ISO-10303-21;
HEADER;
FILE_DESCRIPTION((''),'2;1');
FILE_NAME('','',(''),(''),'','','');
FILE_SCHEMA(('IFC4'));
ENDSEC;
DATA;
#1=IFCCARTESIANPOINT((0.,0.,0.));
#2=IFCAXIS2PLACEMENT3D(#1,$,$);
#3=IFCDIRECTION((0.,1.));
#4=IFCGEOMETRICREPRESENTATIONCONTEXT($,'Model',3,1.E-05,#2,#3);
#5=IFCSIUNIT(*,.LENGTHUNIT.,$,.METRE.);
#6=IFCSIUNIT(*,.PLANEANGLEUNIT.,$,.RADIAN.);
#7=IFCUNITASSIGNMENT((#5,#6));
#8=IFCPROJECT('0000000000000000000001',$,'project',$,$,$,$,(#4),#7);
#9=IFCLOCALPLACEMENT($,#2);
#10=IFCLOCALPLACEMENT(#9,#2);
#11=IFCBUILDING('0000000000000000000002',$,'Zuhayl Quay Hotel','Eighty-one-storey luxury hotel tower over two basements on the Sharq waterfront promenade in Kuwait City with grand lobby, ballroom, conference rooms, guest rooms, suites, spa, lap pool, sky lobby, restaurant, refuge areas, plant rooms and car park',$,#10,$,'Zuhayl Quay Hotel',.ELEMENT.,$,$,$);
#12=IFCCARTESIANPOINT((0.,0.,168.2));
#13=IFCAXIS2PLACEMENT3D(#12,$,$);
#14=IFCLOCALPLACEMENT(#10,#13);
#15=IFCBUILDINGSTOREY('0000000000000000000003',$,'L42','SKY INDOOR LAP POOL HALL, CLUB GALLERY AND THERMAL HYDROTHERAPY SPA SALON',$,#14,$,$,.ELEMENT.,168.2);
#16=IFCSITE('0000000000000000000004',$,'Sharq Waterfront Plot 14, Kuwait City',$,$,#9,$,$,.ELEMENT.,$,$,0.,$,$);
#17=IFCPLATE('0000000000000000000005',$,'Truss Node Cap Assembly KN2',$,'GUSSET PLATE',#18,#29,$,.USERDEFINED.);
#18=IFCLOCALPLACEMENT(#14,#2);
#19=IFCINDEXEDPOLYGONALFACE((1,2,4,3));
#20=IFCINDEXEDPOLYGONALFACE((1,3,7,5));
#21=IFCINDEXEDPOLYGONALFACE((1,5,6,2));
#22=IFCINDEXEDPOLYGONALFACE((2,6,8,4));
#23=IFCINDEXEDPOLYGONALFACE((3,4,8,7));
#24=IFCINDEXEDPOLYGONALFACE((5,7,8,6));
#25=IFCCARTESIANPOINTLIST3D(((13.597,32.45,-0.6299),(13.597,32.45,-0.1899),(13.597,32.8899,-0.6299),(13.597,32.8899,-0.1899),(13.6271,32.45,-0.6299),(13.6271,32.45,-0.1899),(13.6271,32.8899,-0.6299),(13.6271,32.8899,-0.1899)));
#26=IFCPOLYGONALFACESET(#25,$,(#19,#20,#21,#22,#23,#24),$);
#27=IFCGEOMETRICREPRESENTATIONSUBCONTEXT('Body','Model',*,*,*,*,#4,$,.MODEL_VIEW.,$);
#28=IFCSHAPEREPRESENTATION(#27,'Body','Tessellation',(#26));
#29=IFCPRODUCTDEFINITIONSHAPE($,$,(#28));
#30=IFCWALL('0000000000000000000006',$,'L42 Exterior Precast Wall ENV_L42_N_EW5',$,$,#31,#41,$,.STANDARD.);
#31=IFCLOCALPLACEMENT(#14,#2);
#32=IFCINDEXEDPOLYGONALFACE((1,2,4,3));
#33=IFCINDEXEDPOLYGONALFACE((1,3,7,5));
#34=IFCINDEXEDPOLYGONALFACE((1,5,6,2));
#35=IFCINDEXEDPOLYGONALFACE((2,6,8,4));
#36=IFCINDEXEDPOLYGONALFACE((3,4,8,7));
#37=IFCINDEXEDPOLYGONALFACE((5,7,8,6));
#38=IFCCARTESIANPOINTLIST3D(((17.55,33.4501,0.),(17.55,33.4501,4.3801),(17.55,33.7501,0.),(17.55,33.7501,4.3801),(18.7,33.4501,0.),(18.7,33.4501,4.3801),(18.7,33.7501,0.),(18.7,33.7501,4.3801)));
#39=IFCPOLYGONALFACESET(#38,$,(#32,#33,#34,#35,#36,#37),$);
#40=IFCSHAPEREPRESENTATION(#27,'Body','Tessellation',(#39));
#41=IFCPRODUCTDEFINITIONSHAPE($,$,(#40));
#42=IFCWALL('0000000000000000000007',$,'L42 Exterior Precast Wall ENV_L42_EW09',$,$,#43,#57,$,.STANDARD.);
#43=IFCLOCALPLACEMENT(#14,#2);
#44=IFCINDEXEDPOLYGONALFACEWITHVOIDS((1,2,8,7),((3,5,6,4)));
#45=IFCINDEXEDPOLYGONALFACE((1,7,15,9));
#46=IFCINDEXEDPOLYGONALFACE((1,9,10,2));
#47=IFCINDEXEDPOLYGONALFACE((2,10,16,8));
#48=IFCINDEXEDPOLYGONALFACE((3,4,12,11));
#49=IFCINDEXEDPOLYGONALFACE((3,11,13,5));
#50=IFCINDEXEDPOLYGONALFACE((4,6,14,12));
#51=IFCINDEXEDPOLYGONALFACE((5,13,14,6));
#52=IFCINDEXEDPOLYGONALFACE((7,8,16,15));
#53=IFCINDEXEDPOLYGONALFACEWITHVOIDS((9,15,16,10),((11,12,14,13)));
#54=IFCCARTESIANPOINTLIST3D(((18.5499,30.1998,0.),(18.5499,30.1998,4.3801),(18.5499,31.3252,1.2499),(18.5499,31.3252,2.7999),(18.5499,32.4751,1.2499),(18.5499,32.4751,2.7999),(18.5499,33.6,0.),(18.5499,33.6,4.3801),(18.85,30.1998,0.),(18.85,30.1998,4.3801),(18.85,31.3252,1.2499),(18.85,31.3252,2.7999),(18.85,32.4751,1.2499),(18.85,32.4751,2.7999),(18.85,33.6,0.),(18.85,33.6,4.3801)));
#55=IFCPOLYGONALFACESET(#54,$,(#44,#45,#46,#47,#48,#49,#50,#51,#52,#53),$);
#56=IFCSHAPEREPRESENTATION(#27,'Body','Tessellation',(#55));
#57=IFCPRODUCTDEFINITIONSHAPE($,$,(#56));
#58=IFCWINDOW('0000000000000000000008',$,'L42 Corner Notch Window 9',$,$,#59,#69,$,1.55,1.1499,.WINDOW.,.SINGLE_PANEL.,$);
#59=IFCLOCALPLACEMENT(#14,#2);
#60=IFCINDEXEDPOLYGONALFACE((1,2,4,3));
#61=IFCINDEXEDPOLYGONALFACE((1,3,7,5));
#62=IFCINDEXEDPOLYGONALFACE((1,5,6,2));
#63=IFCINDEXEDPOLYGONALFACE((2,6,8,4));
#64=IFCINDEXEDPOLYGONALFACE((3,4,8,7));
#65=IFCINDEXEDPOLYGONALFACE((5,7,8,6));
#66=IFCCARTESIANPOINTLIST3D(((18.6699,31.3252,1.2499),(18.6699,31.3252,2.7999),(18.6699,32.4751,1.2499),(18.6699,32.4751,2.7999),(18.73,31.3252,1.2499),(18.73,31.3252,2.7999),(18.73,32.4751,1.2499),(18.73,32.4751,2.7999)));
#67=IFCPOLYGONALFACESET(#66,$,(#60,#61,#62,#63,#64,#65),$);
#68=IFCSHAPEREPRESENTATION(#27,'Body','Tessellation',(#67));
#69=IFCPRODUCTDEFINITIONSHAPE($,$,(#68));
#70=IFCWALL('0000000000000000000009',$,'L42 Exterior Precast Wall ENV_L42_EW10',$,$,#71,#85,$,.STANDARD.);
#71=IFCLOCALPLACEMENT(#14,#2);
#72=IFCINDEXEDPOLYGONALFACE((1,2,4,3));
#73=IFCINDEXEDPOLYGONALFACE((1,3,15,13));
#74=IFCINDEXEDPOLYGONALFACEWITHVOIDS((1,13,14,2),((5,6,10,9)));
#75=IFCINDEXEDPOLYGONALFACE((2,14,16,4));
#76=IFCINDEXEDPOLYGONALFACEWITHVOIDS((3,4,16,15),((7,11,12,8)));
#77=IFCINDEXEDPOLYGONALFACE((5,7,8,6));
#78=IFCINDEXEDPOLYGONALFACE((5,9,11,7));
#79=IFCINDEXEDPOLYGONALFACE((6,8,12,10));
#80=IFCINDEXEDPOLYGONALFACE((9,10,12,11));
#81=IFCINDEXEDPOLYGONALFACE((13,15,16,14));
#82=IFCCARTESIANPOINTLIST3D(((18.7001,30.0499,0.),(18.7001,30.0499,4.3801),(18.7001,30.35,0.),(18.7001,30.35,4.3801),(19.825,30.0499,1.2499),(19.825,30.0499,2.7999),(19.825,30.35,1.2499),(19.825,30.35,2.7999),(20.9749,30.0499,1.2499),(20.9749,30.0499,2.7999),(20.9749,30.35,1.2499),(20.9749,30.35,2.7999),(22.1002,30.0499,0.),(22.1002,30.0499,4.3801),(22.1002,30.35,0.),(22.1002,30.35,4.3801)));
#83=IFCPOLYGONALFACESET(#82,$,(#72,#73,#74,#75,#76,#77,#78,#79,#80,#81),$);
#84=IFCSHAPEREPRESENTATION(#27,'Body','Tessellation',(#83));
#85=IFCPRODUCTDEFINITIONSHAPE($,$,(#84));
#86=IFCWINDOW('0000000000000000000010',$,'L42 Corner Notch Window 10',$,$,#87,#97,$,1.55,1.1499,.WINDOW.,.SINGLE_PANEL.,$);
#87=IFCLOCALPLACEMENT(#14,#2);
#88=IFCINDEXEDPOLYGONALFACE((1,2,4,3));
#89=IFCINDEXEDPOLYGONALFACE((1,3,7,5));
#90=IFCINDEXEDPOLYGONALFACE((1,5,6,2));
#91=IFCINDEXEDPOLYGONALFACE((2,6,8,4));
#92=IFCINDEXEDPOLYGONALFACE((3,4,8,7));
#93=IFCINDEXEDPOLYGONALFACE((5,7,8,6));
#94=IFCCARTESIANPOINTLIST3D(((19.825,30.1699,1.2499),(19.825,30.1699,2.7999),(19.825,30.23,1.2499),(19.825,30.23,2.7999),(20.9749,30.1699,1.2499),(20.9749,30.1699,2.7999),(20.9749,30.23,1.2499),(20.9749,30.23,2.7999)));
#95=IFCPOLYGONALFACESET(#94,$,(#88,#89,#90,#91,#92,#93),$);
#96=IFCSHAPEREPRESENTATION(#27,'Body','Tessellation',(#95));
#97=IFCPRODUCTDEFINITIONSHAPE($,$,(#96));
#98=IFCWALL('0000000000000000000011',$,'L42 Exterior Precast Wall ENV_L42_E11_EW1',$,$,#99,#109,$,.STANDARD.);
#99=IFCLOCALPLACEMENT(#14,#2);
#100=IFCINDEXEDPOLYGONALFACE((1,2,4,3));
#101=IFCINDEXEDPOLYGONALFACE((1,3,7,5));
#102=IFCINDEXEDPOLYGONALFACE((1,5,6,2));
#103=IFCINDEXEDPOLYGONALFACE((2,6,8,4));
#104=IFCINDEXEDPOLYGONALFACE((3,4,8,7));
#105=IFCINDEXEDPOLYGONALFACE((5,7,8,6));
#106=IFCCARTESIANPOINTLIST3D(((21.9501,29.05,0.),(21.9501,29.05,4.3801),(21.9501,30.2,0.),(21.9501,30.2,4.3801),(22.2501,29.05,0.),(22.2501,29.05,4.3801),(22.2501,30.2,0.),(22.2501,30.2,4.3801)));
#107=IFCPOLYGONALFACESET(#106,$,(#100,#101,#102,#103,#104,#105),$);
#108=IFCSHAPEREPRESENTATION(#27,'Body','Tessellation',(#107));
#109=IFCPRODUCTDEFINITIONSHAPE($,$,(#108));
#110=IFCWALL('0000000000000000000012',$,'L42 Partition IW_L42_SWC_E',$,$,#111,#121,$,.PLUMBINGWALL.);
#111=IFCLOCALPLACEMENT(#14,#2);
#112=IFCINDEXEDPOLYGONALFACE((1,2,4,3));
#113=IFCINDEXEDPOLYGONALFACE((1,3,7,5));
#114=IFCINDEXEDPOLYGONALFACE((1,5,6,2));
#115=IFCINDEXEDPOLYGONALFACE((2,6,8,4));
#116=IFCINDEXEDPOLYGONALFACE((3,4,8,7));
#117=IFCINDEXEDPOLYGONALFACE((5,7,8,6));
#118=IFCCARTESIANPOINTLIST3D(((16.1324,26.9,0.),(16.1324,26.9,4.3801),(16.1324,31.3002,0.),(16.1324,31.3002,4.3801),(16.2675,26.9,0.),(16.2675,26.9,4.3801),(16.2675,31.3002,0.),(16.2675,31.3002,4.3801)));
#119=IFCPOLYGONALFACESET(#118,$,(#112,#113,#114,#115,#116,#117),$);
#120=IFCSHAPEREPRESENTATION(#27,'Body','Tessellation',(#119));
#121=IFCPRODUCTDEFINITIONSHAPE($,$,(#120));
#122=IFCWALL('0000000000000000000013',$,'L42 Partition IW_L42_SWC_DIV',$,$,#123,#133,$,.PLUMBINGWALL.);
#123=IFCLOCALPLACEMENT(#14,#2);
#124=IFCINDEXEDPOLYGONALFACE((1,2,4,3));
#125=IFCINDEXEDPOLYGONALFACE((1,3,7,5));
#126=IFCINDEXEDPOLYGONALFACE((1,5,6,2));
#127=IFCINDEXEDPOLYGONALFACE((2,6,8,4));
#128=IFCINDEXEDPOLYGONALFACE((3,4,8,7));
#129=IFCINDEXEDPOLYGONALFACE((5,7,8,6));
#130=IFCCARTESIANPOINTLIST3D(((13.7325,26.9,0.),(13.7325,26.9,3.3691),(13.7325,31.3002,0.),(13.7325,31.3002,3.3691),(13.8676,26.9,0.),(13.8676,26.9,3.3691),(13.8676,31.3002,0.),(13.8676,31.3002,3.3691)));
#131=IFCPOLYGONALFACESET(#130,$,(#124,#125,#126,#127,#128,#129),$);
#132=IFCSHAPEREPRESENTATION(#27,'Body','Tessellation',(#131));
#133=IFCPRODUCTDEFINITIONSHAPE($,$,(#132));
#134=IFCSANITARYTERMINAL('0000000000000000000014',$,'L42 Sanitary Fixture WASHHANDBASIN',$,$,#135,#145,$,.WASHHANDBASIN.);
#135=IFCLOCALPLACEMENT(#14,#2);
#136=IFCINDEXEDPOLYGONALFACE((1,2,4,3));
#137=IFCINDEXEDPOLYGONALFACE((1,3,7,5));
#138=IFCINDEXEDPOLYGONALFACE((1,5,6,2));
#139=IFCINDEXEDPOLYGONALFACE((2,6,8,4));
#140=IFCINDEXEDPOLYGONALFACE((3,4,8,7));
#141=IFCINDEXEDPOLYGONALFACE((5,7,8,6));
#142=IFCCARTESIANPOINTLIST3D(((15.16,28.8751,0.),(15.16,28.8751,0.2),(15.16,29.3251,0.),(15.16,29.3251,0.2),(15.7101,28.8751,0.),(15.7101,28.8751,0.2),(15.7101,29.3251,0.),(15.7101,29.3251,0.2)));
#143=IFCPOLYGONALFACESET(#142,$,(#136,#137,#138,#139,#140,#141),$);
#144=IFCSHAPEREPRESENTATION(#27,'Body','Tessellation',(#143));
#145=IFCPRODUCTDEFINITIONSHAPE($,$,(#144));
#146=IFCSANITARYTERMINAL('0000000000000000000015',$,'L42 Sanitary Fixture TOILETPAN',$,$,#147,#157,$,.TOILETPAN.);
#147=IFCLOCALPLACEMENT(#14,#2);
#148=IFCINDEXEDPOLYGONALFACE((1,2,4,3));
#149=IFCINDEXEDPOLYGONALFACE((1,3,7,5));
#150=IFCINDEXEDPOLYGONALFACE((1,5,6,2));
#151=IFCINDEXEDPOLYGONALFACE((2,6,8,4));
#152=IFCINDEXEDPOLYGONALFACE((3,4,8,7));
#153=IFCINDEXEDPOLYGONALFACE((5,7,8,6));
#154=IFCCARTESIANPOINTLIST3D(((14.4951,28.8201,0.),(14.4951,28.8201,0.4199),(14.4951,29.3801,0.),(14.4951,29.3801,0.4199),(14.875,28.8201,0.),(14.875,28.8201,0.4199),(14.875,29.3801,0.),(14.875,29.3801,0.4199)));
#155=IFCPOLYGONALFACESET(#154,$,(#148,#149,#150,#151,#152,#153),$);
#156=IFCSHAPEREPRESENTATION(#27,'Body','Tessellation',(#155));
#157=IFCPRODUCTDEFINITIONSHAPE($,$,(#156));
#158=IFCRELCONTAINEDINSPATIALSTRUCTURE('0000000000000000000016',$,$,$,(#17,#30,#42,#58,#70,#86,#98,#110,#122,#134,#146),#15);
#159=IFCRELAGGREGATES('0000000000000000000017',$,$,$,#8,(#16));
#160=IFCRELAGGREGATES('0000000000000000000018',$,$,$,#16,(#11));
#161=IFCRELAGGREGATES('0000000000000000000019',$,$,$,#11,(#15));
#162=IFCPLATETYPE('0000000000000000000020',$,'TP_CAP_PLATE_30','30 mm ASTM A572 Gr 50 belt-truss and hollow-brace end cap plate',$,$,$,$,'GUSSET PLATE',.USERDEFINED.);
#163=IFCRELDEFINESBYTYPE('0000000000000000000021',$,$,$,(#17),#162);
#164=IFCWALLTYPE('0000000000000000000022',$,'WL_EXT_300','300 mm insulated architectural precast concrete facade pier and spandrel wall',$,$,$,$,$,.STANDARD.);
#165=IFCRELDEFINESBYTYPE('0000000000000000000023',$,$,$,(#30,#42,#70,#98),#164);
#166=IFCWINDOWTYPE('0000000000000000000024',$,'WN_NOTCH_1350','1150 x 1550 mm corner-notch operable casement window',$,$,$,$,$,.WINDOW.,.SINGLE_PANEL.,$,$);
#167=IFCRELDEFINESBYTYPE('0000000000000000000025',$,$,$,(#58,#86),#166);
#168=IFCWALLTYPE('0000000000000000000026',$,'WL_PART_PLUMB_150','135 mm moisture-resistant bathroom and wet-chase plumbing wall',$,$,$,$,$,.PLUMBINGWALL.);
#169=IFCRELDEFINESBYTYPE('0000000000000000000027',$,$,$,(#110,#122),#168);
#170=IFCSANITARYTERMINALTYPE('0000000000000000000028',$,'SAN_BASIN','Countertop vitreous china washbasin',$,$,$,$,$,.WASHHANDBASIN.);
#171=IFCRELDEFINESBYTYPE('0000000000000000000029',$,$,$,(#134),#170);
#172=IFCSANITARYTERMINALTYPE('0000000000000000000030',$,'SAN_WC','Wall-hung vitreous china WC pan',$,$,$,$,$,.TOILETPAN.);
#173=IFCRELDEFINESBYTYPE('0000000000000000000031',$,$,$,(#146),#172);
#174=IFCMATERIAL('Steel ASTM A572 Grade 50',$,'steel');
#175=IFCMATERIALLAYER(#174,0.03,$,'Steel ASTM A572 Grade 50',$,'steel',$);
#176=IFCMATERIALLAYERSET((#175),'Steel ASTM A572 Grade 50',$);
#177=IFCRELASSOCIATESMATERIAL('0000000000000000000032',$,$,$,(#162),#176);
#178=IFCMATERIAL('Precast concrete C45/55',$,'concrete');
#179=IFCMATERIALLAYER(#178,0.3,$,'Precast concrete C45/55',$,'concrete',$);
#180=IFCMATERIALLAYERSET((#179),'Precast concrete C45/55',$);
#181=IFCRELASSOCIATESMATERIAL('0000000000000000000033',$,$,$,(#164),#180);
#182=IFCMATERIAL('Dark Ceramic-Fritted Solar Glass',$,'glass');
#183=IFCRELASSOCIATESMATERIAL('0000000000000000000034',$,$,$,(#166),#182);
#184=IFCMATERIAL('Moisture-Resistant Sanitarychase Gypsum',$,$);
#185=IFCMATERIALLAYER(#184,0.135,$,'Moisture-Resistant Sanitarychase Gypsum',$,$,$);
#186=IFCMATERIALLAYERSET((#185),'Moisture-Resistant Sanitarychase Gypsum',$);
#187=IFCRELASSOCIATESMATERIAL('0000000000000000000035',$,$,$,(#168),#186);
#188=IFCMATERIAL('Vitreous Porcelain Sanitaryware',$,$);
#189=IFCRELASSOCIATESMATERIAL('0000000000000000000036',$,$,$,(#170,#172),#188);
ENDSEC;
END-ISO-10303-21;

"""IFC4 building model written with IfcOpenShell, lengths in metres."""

from ifc_helpers import new_model, si_unit, direction, frame, frame_2d, origin, origin_2d, place, context, subcontext, project, spatial, rectangle, extrude, material, layer, layer_set, type_object, element, fill, save


model = new_model("IFC4")

# Units and contexts
model_context = context("Model", 3, precision=1e-05, world=origin(), true_north=direction((0.0, 1.0)))
body_context = subcontext(model_context, "Body", "Model", "MODEL_VIEW")
ifc_project = project(units=[si_unit("LENGTHUNIT", "METRE"), si_unit("PLANEANGLEUNIT", "RADIAN")], contexts=[model_context])

# Site, building, storey
site_placement = place(None, origin())
site = spatial("IfcSite", under=ifc_project, at=site_placement, Name="Sharq Waterfront Plot 14, Kuwait City", CompositionType="ELEMENT", RefElevation=0.0)
building_placement = place(site_placement, origin())
building = spatial("IfcBuilding", under=site, at=building_placement, Name="Zuhayl Quay Hotel", Description="Eighty-one-storey luxury hotel tower over two basements on the Sharq waterfront promenade in Kuwait City with grand lobby, ballroom, conference rooms, guest rooms, suites, spa, lap pool, sky lobby, restaurant, refuge areas, plant rooms and car park", LongName="Zuhayl Quay Hotel", CompositionType="ELEMENT")
storey_placement = place(building_placement, frame((0.0, 0.0, 168.2)))
storey = spatial("IfcBuildingStorey", under=building, at=storey_placement, Name="L42", Description="SKY INDOOR LAP POOL HALL, CLUB GALLERY AND THERMAL HYDROTHERAPY SPA SALON", CompositionType="ELEMENT", Elevation=168.2)

# Plate
ifc_material_1 = material(Name="Dark Ceramic-Fritted Solar Glass", Category="glass")
ifc_material_2 = material(Name="Steel ASTM A572 Grade 50", Category="steel")
ifc_layer_1 = layer(ifc_material_2, 0.03, Name="Steel ASTM A572 Grade 50", Category="steel")
ifc_layer_set_1 = layer_set([ifc_layer_1], Name="Steel ASTM A572 Grade 50")
plate_type_1 = type_object("IfcPlateType", Name="TP_CAP_PLATE_30", Description="30 mm ASTM A572 Gr 50 belt-truss and hollow-brace end cap plate", ElementType="GUSSET PLATE", PredefinedType="USERDEFINED", material=ifc_layer_set_1)
plate_1_placement = place(storey_placement, frame((13.6121, 32.6699, -0.6299), z_axis=(0.0, 0.0, 1.0), x_axis=(1.0, 0.0, 0.0)))
element("IfcPlate", 1, at=plate_1_placement, inside=storey, type_object=plate_type_1, Name="Truss Node Cap Assembly KN2", ObjectType="GUSSET PLATE", PredefinedType="USERDEFINED", context=body_context, shape_type="SweptSolid", body=[
    extrude(rectangle(XDim=0.03, YDim=0.4399, at=origin_2d()), origin(), (0.0, 0.0, 1.0), 0.4399),
])

# Wall
ifc_material_3 = material(Name="Precast concrete C45/55", Category="concrete")
ifc_layer_2 = layer(ifc_material_3, 0.3, Name="Precast concrete C45/55", Category="concrete")
ifc_layer_set_2 = layer_set([ifc_layer_2], Name="Precast concrete C45/55")
wall_type_1 = type_object("IfcWallType", Name="WL_EXT_300", Description="300 mm insulated architectural precast concrete facade pier and spandrel wall", PredefinedType="STANDARD", material=ifc_layer_set_2)
wall_1_placement = place(storey_placement, frame((17.55, 33.6001, 0.0), z_axis=(0.0, 0.0, 1.0), x_axis=(1.0, 0.0, 0.0)))
element("IfcWall", 2, at=wall_1_placement, inside=storey, type_object=wall_type_1, Name="L42 Exterior Precast Wall ENV_L42_N_EW5", PredefinedType="STANDARD", context=body_context, shape_type="SweptSolid", body=[
    extrude(rectangle(XDim=1.1499, YDim=0.3, at=frame_2d((0.575, 0.0))), origin(), (0.0, 0.0, 1.0), 4.3801),
])

# Walls, openings, windows
wall_2_placement = place(storey_placement, frame((18.7, 33.6001, 0.0), z_axis=(0.0, 0.0, 1.0), x_axis=(0.0, -1.0, 0.0)))
wall_2 = element("IfcWall", 3, at=wall_2_placement, inside=storey, type_object=wall_type_1, Name="L42 Exterior Precast Wall ENV_L42_EW09", PredefinedType="STANDARD", context=body_context, shape_type="SweptSolid", body=[
    extrude(rectangle(XDim=3.4001, YDim=0.3, at=frame_2d((1.7002, 0.0))), origin(), (0.0, 0.0, 1.0), 4.3801),
])
opening_1_placement = place(wall_2_placement, frame((1.125, 0.0, 1.25)))
opening_1 = element("IfcOpeningElement", 4, at=opening_1_placement, cuts=wall_2, PredefinedType="OPENING", context=body_context, shape_type="SweptSolid", body=[
    extrude(rectangle(XDim=1.1499, YDim=1.55, at=frame_2d((0.575, 0.7749))), frame((0.0, 0.1599, 0.0), z_axis=(0.0, -1.0, 0.0), x_axis=(1.0, 0.0, 0.0)), (0.0, 0.0, 1.0), 0.3201),
])
window_type = type_object("IfcWindowType", Name="WN_NOTCH_1350", Description="1150 x 1550 mm corner-notch operable casement window", PartitioningType="SINGLE_PANEL", PredefinedType="WINDOW", material=ifc_material_1)
window_1_placement = place(opening_1_placement, origin())
window_1 = element("IfcWindow", 5, at=window_1_placement, inside=storey, type_object=window_type, Name="L42 Corner Notch Window 9", OverallHeight=1.55, OverallWidth=1.1499, PartitioningType="SINGLE_PANEL", PredefinedType="WINDOW", context=body_context, shape_type="SweptSolid", body=[
    extrude(rectangle(XDim=1.1499, YDim=1.55, at=frame_2d((0.575, 0.7749))), frame((0.0, 0.03, 0.0), z_axis=(0.0, -1.0, 0.0), x_axis=(1.0, 0.0, 0.0)), (0.0, 0.0, 1.0), 0.0601),
])
fill(opening_1, window_1)
wall_3_placement = place(storey_placement, frame((18.7, 30.2, 0.0), z_axis=(0.0, 0.0, 1.0), x_axis=(1.0, 0.0, 0.0)))
wall_3 = element("IfcWall", 6, at=wall_3_placement, inside=storey, type_object=wall_type_1, Name="L42 Exterior Precast Wall ENV_L42_EW10", PredefinedType="STANDARD", context=body_context, shape_type="SweptSolid", body=[
    extrude(rectangle(XDim=3.4001, YDim=0.3, at=frame_2d((1.7002, 0.0))), origin(), (0.0, 0.0, 1.0), 4.3801),
])
opening_2_placement = place(wall_3_placement, frame((1.125, 0.0, 1.25)))
opening_2 = element("IfcOpeningElement", 7, at=opening_2_placement, cuts=wall_3, PredefinedType="OPENING", context=body_context, shape_type="SweptSolid", body=[
    extrude(rectangle(XDim=1.1499, YDim=1.55, at=frame_2d((0.575, 0.7749))), frame((0.0, 0.1599, 0.0), z_axis=(0.0, -1.0, 0.0), x_axis=(1.0, 0.0, 0.0)), (0.0, 0.0, 1.0), 0.3201),
])
window_2_placement = place(opening_2_placement, origin())
window_2 = element("IfcWindow", 8, at=window_2_placement, inside=storey, type_object=window_type, Name="L42 Corner Notch Window 10", OverallHeight=1.55, OverallWidth=1.1499, PartitioningType="SINGLE_PANEL", PredefinedType="WINDOW", context=body_context, shape_type="SweptSolid", body=[
    extrude(rectangle(XDim=1.1499, YDim=1.55, at=frame_2d((0.575, 0.7749))), frame((0.0, 0.03, 0.0), z_axis=(0.0, -1.0, 0.0), x_axis=(1.0, 0.0, 0.0)), (0.0, 0.0, 1.0), 0.0601),
])
fill(opening_2, window_2)

# Wall
wall_4_placement = place(storey_placement, frame((22.1001, 30.2, 0.0), z_axis=(0.0, 0.0, 1.0), x_axis=(0.0, -1.0, 0.0)))
element("IfcWall", 9, at=wall_4_placement, inside=storey, type_object=wall_type_1, Name="L42 Exterior Precast Wall ENV_L42_E11_EW1", PredefinedType="STANDARD", context=body_context, shape_type="SweptSolid", body=[
    extrude(rectangle(XDim=1.1499, YDim=0.3, at=frame_2d((0.575, 0.0))), origin(), (0.0, 0.0, 1.0), 4.3801),
])

# Shared definitions
ifc_material_4 = material(Name="Moisture-Resistant Sanitarychase Gypsum")
ifc_layer_3 = layer(ifc_material_4, 0.135, Name="Moisture-Resistant Sanitarychase Gypsum")
ifc_layer_set_3 = layer_set([ifc_layer_3], Name="Moisture-Resistant Sanitarychase Gypsum")
wall_type_2 = type_object("IfcWallType", Name="WL_PART_PLUMB_150", Description="135 mm moisture-resistant bathroom and wet-chase plumbing wall", PredefinedType="PLUMBINGWALL", material=ifc_layer_set_3)

# Walls
wall_5_placement = place(storey_placement, frame((16.2, 26.8999, 0.0), z_axis=(0.0, 0.0, 1.0), x_axis=(0.0, 1.0, 0.0)))
element("IfcWall", 10, at=wall_5_placement, inside=storey, type_object=wall_type_2, Name="L42 Partition IW_L42_SWC_E", PredefinedType="PLUMBINGWALL", context=body_context, shape_type="SweptSolid", body=[
    extrude(rectangle(XDim=4.4001, YDim=0.135, at=frame_2d((2.2002, 0.0))), origin(), (0.0, 0.0, 1.0), 4.3801),
])
wall_6_placement = place(storey_placement, frame((13.8, 26.8999, 0.0), z_axis=(0.0, 0.0, 1.0), x_axis=(0.0, 1.0, 0.0)))
element("IfcWall", 11, at=wall_6_placement, inside=storey, type_object=wall_type_2, Name="L42 Partition IW_L42_SWC_DIV", PredefinedType="PLUMBINGWALL", context=body_context, shape_type="SweptSolid", body=[
    extrude(rectangle(XDim=4.4001, YDim=0.135, at=frame_2d((2.2002, 0.0))), origin(), (0.0, 0.0, 1.0), 3.3691),
])

# Sanitary terminals
ifc_material_5 = material(Name="Vitreous Porcelain Sanitaryware")
sanitary_terminal_type_1 = type_object("IfcSanitaryTerminalType", Name="SAN_BASIN", Description="Countertop vitreous china washbasin", PredefinedType="WASHHANDBASIN", material=ifc_material_5)
sanitary_terminal_1_placement = place(storey_placement, frame((15.4351, 29.1001, 0.0), z_axis=(0.0, 0.0, 1.0), x_axis=(1.0, 0.0, 0.0)))
element("IfcSanitaryTerminal", 12, at=sanitary_terminal_1_placement, inside=storey, type_object=sanitary_terminal_type_1, Name="L42 Sanitary Fixture WASHHANDBASIN", PredefinedType="WASHHANDBASIN", context=body_context, shape_type="SweptSolid", body=[
    extrude(rectangle(XDim=0.55, YDim=0.45, at=origin_2d()), origin(), (0.0, 0.0, 1.0), 0.2),
])
sanitary_terminal_type_2 = type_object("IfcSanitaryTerminalType", Name="SAN_WC", Description="Wall-hung vitreous china WC pan", PredefinedType="TOILETPAN", material=ifc_material_5)
sanitary_terminal_2_placement = place(storey_placement, frame((14.6851, 29.1001, 0.0), z_axis=(0.0, 0.0, 1.0), x_axis=(1.0, 0.0, 0.0)))
element("IfcSanitaryTerminal", 13, at=sanitary_terminal_2_placement, inside=storey, type_object=sanitary_terminal_type_2, Name="L42 Sanitary Fixture TOILETPAN", PredefinedType="TOILETPAN", context=body_context, shape_type="SweptSolid", body=[
    extrude(rectangle(XDim=0.3799, YDim=0.5601, at=origin_2d()), origin(), (0.0, 0.0, 1.0), 0.4199),
])

save(model, "model.ifc")
